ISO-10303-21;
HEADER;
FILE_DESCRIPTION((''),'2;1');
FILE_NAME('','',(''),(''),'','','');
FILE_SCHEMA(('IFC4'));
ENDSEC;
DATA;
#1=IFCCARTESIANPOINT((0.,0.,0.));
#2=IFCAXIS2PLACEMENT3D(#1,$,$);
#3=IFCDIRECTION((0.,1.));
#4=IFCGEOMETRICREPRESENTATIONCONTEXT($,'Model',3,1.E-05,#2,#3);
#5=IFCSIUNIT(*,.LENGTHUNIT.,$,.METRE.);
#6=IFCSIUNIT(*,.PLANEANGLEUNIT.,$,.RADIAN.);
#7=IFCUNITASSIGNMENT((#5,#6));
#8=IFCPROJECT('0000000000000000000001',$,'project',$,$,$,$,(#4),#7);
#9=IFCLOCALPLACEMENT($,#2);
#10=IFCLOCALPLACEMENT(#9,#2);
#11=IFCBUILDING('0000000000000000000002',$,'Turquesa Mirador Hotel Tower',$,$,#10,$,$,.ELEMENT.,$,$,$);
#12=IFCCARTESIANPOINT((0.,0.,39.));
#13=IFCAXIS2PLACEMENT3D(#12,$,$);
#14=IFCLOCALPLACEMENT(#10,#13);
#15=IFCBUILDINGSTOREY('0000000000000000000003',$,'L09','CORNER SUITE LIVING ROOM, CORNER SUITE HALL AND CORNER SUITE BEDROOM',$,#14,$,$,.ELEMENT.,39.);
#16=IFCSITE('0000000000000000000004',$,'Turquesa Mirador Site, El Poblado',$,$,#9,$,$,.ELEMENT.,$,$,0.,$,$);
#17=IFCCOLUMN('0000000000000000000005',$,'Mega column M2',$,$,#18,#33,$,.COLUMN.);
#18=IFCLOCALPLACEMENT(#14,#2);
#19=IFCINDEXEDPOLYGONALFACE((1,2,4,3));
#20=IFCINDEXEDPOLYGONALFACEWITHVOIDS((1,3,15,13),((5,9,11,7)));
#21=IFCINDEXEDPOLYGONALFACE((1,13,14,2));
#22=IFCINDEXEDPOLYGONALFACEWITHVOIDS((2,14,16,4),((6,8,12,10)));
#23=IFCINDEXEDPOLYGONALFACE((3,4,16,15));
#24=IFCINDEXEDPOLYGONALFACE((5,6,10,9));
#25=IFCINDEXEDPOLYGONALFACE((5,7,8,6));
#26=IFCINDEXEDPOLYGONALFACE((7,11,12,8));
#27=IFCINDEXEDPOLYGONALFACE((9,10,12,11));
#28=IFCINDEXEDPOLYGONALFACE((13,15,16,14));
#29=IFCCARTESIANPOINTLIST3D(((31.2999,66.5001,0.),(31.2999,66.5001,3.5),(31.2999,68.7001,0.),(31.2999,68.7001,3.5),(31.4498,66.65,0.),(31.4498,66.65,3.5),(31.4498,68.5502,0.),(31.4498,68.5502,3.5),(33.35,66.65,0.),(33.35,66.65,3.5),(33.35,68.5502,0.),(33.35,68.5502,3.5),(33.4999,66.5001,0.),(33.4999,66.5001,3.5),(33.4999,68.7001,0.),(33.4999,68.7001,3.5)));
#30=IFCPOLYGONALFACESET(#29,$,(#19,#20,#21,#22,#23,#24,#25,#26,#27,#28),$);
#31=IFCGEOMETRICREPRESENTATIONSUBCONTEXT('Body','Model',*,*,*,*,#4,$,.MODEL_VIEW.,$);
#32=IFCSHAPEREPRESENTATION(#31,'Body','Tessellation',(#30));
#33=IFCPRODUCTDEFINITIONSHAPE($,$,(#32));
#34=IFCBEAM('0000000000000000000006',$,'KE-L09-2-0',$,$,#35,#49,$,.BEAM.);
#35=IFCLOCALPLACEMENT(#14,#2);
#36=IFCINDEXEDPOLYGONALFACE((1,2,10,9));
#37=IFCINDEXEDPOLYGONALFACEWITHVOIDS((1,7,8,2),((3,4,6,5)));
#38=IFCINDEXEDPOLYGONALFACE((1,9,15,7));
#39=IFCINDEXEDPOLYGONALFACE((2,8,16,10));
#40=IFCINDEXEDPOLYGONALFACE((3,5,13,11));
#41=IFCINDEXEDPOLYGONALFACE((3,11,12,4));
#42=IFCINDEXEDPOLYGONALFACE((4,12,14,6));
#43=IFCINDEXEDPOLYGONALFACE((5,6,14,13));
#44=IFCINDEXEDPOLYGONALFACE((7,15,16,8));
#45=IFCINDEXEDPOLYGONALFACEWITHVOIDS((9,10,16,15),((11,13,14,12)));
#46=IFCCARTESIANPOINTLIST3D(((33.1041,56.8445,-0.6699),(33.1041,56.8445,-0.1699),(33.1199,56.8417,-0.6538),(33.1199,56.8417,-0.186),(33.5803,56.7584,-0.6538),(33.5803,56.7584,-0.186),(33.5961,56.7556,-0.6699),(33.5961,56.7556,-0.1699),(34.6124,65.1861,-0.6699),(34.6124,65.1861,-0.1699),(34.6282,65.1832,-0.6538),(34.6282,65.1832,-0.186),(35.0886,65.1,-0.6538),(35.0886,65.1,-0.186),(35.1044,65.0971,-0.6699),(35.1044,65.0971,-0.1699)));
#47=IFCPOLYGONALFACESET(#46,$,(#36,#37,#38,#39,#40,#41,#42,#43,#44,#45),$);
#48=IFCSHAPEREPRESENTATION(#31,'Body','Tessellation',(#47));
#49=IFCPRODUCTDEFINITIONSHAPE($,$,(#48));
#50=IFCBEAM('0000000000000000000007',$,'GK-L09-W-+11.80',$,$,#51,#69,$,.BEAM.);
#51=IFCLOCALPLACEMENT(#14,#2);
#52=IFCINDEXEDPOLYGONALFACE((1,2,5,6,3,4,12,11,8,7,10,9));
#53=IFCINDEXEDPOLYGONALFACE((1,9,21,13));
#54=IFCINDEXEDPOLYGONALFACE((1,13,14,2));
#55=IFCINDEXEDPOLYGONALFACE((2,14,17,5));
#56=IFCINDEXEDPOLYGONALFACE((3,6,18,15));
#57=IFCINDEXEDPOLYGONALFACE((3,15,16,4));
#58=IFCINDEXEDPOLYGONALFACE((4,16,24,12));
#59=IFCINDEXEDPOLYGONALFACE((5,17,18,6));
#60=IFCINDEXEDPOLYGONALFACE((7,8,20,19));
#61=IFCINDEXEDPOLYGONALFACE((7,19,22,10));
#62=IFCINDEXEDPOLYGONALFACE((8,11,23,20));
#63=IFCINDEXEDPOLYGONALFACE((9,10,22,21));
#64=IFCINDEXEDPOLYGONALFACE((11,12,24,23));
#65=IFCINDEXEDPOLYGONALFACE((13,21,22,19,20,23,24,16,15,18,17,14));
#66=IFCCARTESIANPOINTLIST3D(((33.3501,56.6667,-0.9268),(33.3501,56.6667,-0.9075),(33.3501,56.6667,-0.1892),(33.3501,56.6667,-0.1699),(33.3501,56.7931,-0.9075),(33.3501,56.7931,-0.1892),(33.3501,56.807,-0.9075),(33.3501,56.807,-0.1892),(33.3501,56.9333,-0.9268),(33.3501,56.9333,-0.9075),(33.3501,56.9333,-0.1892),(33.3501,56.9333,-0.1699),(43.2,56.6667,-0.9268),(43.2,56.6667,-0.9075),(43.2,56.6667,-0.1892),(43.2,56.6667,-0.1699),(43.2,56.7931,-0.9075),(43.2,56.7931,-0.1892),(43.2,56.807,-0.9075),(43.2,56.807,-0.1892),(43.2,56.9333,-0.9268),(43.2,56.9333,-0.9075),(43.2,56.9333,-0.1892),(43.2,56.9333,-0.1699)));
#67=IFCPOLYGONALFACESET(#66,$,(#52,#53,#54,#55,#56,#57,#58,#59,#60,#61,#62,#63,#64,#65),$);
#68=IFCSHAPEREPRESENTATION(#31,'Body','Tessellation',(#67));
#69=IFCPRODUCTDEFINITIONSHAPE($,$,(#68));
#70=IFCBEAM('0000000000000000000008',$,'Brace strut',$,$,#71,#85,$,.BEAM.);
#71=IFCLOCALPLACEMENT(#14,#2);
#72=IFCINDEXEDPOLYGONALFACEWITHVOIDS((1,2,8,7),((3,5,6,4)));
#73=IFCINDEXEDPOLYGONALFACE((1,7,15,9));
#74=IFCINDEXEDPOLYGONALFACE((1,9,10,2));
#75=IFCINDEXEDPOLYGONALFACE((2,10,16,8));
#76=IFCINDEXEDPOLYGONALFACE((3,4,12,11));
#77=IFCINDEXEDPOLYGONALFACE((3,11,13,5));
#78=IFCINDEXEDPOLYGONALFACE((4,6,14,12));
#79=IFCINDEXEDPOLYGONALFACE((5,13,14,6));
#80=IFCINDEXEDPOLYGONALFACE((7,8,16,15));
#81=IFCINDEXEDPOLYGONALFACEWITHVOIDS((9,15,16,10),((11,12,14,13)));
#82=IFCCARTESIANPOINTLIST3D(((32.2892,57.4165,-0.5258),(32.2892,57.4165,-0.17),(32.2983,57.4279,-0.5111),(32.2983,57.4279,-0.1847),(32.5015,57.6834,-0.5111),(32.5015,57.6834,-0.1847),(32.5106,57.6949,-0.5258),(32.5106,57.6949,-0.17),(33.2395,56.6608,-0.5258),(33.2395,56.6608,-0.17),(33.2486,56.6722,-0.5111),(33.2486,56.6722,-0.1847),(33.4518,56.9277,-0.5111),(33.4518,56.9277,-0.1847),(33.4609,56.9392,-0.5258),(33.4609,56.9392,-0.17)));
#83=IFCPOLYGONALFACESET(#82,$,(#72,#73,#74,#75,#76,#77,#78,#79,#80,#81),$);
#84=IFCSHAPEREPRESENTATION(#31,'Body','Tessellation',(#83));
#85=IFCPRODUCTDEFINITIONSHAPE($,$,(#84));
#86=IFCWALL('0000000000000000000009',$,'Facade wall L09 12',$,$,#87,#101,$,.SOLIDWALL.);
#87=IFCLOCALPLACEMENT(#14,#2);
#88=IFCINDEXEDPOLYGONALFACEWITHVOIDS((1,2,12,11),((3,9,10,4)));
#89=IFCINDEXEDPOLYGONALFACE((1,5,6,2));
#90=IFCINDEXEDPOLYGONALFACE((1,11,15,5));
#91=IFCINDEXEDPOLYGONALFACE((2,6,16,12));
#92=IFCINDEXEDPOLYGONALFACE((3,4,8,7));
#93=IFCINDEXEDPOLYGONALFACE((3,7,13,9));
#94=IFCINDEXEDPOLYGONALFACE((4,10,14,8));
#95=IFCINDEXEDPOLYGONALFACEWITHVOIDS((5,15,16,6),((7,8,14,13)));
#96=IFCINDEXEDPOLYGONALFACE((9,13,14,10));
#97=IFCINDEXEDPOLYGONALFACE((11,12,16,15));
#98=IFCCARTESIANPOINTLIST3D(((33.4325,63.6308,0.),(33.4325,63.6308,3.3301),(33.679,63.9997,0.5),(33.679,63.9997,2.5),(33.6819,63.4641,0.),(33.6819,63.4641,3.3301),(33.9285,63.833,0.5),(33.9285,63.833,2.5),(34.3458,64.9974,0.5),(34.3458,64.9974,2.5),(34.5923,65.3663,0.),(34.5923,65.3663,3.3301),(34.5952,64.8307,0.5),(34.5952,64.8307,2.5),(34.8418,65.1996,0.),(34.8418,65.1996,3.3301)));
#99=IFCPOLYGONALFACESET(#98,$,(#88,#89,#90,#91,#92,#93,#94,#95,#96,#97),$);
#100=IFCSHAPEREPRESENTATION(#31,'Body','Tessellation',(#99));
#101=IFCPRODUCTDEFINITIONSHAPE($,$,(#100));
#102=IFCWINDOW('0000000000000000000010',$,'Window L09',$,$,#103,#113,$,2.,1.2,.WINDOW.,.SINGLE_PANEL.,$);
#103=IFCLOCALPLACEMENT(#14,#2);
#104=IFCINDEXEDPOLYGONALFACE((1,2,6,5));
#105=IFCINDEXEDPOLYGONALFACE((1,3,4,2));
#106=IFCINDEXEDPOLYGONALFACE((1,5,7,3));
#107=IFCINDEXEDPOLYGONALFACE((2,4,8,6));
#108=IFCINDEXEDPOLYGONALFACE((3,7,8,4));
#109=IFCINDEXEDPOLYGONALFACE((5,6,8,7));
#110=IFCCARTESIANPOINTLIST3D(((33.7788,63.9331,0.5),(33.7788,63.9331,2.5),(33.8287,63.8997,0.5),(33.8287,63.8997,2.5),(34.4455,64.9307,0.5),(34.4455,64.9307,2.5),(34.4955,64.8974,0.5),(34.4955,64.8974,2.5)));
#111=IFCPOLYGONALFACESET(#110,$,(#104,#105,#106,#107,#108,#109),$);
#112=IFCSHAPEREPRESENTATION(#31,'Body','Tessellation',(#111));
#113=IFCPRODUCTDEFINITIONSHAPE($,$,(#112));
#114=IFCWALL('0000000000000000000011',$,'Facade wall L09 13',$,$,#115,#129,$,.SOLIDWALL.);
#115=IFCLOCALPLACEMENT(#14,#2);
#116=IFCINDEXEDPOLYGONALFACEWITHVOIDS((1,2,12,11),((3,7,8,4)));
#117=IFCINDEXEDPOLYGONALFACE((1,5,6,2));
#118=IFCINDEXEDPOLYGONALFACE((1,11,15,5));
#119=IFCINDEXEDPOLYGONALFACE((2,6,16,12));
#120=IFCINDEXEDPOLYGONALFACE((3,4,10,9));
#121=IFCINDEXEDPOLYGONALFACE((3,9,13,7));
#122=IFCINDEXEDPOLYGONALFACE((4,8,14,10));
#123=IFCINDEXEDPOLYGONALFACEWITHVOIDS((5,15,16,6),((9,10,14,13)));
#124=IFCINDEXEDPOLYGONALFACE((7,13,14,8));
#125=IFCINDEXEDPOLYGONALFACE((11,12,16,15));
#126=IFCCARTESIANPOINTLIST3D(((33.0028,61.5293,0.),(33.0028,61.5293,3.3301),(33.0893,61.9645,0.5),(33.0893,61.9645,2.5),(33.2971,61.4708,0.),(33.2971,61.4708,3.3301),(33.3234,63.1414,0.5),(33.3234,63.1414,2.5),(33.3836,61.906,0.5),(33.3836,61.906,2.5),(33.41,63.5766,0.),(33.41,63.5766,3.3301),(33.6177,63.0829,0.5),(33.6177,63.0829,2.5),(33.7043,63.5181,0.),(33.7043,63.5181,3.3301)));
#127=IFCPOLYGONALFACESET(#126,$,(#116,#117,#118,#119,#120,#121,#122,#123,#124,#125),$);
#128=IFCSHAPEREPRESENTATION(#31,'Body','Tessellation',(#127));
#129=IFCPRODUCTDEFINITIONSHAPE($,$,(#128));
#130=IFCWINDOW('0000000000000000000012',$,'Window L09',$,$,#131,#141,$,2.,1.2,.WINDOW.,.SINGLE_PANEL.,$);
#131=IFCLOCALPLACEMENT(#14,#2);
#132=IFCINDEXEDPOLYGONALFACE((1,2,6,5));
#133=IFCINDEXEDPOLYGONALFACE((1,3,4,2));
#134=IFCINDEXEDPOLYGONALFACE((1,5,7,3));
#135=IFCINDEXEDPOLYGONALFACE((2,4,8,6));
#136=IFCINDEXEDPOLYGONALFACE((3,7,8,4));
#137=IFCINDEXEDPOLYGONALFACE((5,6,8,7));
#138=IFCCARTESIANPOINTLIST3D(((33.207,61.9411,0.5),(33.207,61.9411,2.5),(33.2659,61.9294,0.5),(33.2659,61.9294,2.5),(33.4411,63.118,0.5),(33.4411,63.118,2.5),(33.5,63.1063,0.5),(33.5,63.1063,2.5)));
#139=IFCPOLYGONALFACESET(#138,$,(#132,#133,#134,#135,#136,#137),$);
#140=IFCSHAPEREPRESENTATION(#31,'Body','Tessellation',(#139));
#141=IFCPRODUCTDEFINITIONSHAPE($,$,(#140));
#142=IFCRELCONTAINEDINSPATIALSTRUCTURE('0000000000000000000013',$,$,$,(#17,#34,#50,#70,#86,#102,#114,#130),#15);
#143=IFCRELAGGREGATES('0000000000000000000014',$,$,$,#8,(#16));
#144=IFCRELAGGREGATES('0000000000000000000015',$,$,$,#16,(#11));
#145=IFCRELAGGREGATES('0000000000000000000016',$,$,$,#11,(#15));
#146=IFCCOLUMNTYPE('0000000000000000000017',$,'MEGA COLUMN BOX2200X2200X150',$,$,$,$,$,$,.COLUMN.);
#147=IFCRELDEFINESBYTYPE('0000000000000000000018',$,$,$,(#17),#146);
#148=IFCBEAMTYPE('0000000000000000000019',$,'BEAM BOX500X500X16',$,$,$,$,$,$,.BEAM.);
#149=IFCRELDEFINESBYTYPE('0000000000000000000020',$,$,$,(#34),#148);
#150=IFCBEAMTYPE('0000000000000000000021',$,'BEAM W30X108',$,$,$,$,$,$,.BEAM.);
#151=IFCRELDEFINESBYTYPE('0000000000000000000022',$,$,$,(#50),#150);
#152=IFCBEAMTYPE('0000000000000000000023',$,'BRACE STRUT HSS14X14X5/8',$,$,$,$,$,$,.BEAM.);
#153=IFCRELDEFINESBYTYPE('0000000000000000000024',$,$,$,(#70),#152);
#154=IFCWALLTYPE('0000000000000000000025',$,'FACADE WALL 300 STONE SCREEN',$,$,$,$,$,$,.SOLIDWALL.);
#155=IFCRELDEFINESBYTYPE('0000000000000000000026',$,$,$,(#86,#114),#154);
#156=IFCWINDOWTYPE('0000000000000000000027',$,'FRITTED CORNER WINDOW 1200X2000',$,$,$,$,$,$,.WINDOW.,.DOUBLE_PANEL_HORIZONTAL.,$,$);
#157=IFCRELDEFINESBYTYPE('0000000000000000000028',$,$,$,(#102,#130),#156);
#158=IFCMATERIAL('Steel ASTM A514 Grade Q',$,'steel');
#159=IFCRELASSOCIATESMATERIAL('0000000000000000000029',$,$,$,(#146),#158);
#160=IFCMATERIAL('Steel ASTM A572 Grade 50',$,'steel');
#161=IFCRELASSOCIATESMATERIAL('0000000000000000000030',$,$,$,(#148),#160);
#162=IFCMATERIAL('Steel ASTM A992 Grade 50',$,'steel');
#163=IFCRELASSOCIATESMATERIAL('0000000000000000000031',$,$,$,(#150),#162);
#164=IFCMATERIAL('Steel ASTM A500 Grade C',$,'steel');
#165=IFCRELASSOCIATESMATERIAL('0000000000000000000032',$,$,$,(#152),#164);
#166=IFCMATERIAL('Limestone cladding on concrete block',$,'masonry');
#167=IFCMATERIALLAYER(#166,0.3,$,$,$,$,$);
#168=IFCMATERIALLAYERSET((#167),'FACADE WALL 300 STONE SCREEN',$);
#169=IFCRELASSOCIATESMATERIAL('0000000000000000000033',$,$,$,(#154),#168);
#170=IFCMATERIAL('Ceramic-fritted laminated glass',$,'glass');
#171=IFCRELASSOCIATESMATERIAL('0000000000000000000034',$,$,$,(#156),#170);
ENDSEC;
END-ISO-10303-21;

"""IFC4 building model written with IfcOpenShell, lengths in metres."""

from ifc_helpers import new_model, si_unit, direction, frame, frame_2d, origin, origin_2d, place, context, subcontext, project, spatial, rectangle, hollow_rectangle, i_section, extrude, material, layer, layer_set, material_profile, profile_set, type_object, element, fill, save


model = new_model("IFC4")

# Units and contexts
model_context = context("Model", 3, precision=1e-05, world=origin(), true_north=direction((0.0, 1.0)))
body_context = subcontext(model_context, "Body", "Model", "MODEL_VIEW")
ifc_project = project(units=[si_unit("LENGTHUNIT", "METRE"), si_unit("PLANEANGLEUNIT", "RADIAN")], contexts=[model_context])

# Site, building, storey
site_placement = place(None, origin())
site = spatial("IfcSite", under=ifc_project, at=site_placement, Name="Turquesa Mirador Site, El Poblado", CompositionType="ELEMENT", RefElevation=0.0)
building_placement = place(site_placement, origin())
building = spatial("IfcBuilding", under=site, at=building_placement, Name="Turquesa Mirador Hotel Tower", CompositionType="ELEMENT")
storey_placement = place(building_placement, frame((0.0, 0.0, 39.0)))
storey = spatial("IfcBuildingStorey", under=building, at=storey_placement, Name="L09", Description="CORNER SUITE LIVING ROOM, CORNER SUITE HALL AND CORNER SUITE BEDROOM", CompositionType="ELEMENT", Elevation=39.0)

# Column
ifc_material_1 = material(Name="Steel ASTM A514 Grade Q", Category="steel")
ifc_material_profile_1 = material_profile(ifc_material_1, hollow_rectangle(XDim=2.2, YDim=2.2, WallThickness=0.1499, at=origin_2d()), Name="BOX2200X2200X150")
ifc_profile_set_1 = profile_set([ifc_material_profile_1], Name="Steel ASTM A514 Grade Q")
column_type = type_object("IfcColumnType", Name="MEGA COLUMN BOX2200X2200X150", PredefinedType="COLUMN", material=ifc_profile_set_1)
column_placement = place(storey_placement, frame((32.3999, 67.6001, 0.0), z_axis=(0.0, 0.0, 1.0), x_axis=(1.0, 0.0, 0.0)))
element("IfcColumn", 1, at=column_placement, inside=storey, type_object=column_type, Name="Mega column M2", PredefinedType="COLUMN", context=body_context, shape_type="SweptSolid", body=[
    extrude(hollow_rectangle(XDim=2.2, YDim=2.2, WallThickness=0.1499, at=origin_2d()), origin(), (0.0, 0.0, 1.0), 3.5),
])

# Beams
ifc_material_2 = material(Name="Steel ASTM A572 Grade 50", Category="steel")
ifc_material_profile_2 = material_profile(ifc_material_2, hollow_rectangle(XDim=0.5, YDim=0.5, WallThickness=0.0161, at=origin_2d()), Name="BOX500X500X16")
ifc_profile_set_2 = profile_set([ifc_material_profile_2], Name="Steel ASTM A572 Grade 50")
beam_type_1 = type_object("IfcBeamType", Name="BEAM BOX500X500X16", PredefinedType="BEAM", material=ifc_profile_set_2)
beam_1_placement = place(storey_placement, frame((33.3501, 56.8, -0.4199), z_axis=(0.177932, 0.984043, 0.0), x_axis=(-0.984043, 0.177932, 0.0)))
element("IfcBeam", 2, at=beam_1_placement, inside=storey, type_object=beam_type_1, Name="KE-L09-2-0", PredefinedType="BEAM", context=body_context, shape_type="SweptSolid", body=[
    extrude(hollow_rectangle(XDim=0.5, YDim=0.5, WallThickness=0.0161, at=origin_2d()), origin(), (0.0, 0.0, 1.0), 8.4768),
])
ifc_material_3 = material(Name="Steel ASTM A992 Grade 50", Category="steel")
ifc_material_profile_3 = material_profile(ifc_material_3, i_section(OverallWidth=0.2666, OverallDepth=0.7568, WebThickness=0.0139, FlangeThickness=0.0193, at=origin_2d()), Name="W30X108")
ifc_profile_set_3 = profile_set([ifc_material_profile_3], Name="Steel ASTM A992 Grade 50")
beam_type_2 = type_object("IfcBeamType", Name="BEAM W30X108", PredefinedType="BEAM", material=ifc_profile_set_3)
beam_2_placement = place(storey_placement, frame((33.3501, 56.8, -0.5483), z_axis=(1.0, 0.0, 0.0), x_axis=(0.0, 1.0, 0.0)))
element("IfcBeam", 3, at=beam_2_placement, inside=storey, type_object=beam_type_2, Name="GK-L09-W-+11.80", PredefinedType="BEAM", context=body_context, shape_type="SweptSolid", body=[
    extrude(i_section(OverallWidth=0.2666, OverallDepth=0.7568, WebThickness=0.0139, FlangeThickness=0.0193, at=origin_2d()), origin(), (0.0, 0.0, 1.0), 9.8499),
])
ifc_material_4 = material(Name="Steel ASTM A500 Grade C", Category="steel")
ifc_material_profile_4 = material_profile(ifc_material_4, hollow_rectangle(XDim=0.3557, YDim=0.3557, WallThickness=0.0146, at=origin_2d()), Name="HSS14X14X5/8")
ifc_profile_set_4 = profile_set([ifc_material_profile_4], Name="Steel ASTM A500 Grade C")
beam_type_3 = type_object("IfcBeamType", Name="BRACE STRUT HSS14X14X5/8", PredefinedType="BEAM", material=ifc_profile_set_4)
beam_3_placement = place(storey_placement, frame((32.3999, 57.5557, -0.3479), z_axis=(0.78269, -0.622412, 0.0), x_axis=(0.622412, 0.78269, 0.0)))
element("IfcBeam", 4, at=beam_3_placement, inside=storey, type_object=beam_type_3, Name="Brace strut", PredefinedType="BEAM", context=body_context, shape_type="SweptSolid", body=[
    extrude(hollow_rectangle(XDim=0.3557, YDim=0.3557, WallThickness=0.0146, at=origin_2d()), origin(), (0.0, 0.0, 1.0), 1.2141),
])

# Walls, openings, windows
ifc_material_5 = material(Name="Limestone cladding on concrete block", Category="masonry")
ifc_layer_1 = layer(ifc_material_5, 0.3)
ifc_layer_set_1 = layer_set([ifc_layer_1], Name="FACADE WALL 300 STONE SCREEN")
wall_type_1 = type_object("IfcWallType", Name="FACADE WALL 300 STONE SCREEN", PredefinedType="SOLIDWALL", material=ifc_layer_set_1)
wall_1_placement = place(storey_placement, frame((34.717, 65.283, 0.0), z_axis=(0.0, 0.0, 1.0), x_axis=(-0.555644, -0.83142, 0.0)))
wall_1 = element("IfcWall", 5, at=wall_1_placement, inside=storey, type_object=wall_type_1, Name="Facade wall L09 12", PredefinedType="SOLIDWALL", context=body_context, shape_type="SweptSolid", body=[
    extrude(rectangle(XDim=2.0874, YDim=0.3, at=frame_2d((1.0437, 0.0))), origin(), (0.0, 0.0, 1.0), 3.3301),
])
opening_1_placement = place(wall_1_placement, frame((0.4436, 0.0, 0.5)))
opening_1 = element("IfcOpeningElement", 6, at=opening_1_placement, cuts=wall_1, PredefinedType="OPENING", context=body_context, shape_type="SweptSolid", body=[
    extrude(rectangle(XDim=1.2, YDim=2.0, at=frame_2d((0.6001, 1.0))), frame((0.0, 0.1599, 0.0), z_axis=(0.0, -1.0, 0.0), x_axis=(1.0, 0.0, 0.0)), (0.0, 0.0, 1.0), 0.3201),
])
ifc_material_6 = material(Name="Ceramic-fritted laminated glass", Category="glass")
window_type_1 = type_object("IfcWindowType", Name="FRITTED CORNER WINDOW 1200X2000", PartitioningType="DOUBLE_PANEL_HORIZONTAL", PredefinedType="WINDOW", material=ifc_material_6)
window_1_placement = place(opening_1_placement, origin())
window_1 = element("IfcWindow", 7, at=window_1_placement, inside=storey, type_object=window_type_1, Name="Window L09", OverallHeight=2.0, OverallWidth=1.2, PartitioningType="SINGLE_PANEL", PredefinedType="WINDOW", context=body_context, shape_type="SweptSolid", body=[
    extrude(rectangle(XDim=1.2, YDim=2.0, at=frame_2d((0.6001, 1.0))), frame((0.0, 0.03, 0.0), z_axis=(0.0, -1.0, 0.0), x_axis=(1.0, 0.0, 0.0)), (0.0, 0.0, 1.0), 0.0601),
])
fill(opening_1, window_1)
wall_2_placement = place(storey_placement, frame((33.5571, 63.5474, 0.0), z_axis=(0.0, 0.0, 1.0), x_axis=(-0.195081, -0.980787, 0.0)))
wall_2 = element("IfcWall", 8, at=wall_2_placement, inside=storey, type_object=wall_type_1, Name="Facade wall L09 13", PredefinedType="SOLIDWALL", context=body_context, shape_type="SweptSolid", body=[
    extrude(rectangle(XDim=2.0874, YDim=0.3, at=frame_2d((1.0437, 0.0))), origin(), (0.0, 0.0, 1.0), 3.3301),
])
opening_2_placement = place(wall_2_placement, frame((0.4436, 0.0, 0.5)))
opening_2 = element("IfcOpeningElement", 9, at=opening_2_placement, cuts=wall_2, PredefinedType="OPENING", context=body_context, shape_type="SweptSolid", body=[
    extrude(rectangle(XDim=1.2, YDim=2.0, at=frame_2d((0.6001, 1.0))), frame((0.0, 0.1599, 0.0), z_axis=(0.0, -1.0, 0.0), x_axis=(1.0, 0.0, 0.0)), (0.0, 0.0, 1.0), 0.3201),
])
window_2_placement = place(opening_2_placement, origin())
window_2 = element("IfcWindow", 10, at=window_2_placement, inside=storey, type_object=window_type_1, Name="Window L09", OverallHeight=2.0, OverallWidth=1.2, PartitioningType="SINGLE_PANEL", PredefinedType="WINDOW", context=body_context, shape_type="SweptSolid", body=[
    extrude(rectangle(XDim=1.2, YDim=2.0, at=frame_2d((0.6001, 1.0))), frame((0.0, 0.03, 0.0), z_axis=(0.0, -1.0, 0.0), x_axis=(1.0, 0.0, 0.0)), (0.0, 0.0, 1.0), 0.0601),
])
fill(opening_2, window_2)

save(model, "model.ifc")
